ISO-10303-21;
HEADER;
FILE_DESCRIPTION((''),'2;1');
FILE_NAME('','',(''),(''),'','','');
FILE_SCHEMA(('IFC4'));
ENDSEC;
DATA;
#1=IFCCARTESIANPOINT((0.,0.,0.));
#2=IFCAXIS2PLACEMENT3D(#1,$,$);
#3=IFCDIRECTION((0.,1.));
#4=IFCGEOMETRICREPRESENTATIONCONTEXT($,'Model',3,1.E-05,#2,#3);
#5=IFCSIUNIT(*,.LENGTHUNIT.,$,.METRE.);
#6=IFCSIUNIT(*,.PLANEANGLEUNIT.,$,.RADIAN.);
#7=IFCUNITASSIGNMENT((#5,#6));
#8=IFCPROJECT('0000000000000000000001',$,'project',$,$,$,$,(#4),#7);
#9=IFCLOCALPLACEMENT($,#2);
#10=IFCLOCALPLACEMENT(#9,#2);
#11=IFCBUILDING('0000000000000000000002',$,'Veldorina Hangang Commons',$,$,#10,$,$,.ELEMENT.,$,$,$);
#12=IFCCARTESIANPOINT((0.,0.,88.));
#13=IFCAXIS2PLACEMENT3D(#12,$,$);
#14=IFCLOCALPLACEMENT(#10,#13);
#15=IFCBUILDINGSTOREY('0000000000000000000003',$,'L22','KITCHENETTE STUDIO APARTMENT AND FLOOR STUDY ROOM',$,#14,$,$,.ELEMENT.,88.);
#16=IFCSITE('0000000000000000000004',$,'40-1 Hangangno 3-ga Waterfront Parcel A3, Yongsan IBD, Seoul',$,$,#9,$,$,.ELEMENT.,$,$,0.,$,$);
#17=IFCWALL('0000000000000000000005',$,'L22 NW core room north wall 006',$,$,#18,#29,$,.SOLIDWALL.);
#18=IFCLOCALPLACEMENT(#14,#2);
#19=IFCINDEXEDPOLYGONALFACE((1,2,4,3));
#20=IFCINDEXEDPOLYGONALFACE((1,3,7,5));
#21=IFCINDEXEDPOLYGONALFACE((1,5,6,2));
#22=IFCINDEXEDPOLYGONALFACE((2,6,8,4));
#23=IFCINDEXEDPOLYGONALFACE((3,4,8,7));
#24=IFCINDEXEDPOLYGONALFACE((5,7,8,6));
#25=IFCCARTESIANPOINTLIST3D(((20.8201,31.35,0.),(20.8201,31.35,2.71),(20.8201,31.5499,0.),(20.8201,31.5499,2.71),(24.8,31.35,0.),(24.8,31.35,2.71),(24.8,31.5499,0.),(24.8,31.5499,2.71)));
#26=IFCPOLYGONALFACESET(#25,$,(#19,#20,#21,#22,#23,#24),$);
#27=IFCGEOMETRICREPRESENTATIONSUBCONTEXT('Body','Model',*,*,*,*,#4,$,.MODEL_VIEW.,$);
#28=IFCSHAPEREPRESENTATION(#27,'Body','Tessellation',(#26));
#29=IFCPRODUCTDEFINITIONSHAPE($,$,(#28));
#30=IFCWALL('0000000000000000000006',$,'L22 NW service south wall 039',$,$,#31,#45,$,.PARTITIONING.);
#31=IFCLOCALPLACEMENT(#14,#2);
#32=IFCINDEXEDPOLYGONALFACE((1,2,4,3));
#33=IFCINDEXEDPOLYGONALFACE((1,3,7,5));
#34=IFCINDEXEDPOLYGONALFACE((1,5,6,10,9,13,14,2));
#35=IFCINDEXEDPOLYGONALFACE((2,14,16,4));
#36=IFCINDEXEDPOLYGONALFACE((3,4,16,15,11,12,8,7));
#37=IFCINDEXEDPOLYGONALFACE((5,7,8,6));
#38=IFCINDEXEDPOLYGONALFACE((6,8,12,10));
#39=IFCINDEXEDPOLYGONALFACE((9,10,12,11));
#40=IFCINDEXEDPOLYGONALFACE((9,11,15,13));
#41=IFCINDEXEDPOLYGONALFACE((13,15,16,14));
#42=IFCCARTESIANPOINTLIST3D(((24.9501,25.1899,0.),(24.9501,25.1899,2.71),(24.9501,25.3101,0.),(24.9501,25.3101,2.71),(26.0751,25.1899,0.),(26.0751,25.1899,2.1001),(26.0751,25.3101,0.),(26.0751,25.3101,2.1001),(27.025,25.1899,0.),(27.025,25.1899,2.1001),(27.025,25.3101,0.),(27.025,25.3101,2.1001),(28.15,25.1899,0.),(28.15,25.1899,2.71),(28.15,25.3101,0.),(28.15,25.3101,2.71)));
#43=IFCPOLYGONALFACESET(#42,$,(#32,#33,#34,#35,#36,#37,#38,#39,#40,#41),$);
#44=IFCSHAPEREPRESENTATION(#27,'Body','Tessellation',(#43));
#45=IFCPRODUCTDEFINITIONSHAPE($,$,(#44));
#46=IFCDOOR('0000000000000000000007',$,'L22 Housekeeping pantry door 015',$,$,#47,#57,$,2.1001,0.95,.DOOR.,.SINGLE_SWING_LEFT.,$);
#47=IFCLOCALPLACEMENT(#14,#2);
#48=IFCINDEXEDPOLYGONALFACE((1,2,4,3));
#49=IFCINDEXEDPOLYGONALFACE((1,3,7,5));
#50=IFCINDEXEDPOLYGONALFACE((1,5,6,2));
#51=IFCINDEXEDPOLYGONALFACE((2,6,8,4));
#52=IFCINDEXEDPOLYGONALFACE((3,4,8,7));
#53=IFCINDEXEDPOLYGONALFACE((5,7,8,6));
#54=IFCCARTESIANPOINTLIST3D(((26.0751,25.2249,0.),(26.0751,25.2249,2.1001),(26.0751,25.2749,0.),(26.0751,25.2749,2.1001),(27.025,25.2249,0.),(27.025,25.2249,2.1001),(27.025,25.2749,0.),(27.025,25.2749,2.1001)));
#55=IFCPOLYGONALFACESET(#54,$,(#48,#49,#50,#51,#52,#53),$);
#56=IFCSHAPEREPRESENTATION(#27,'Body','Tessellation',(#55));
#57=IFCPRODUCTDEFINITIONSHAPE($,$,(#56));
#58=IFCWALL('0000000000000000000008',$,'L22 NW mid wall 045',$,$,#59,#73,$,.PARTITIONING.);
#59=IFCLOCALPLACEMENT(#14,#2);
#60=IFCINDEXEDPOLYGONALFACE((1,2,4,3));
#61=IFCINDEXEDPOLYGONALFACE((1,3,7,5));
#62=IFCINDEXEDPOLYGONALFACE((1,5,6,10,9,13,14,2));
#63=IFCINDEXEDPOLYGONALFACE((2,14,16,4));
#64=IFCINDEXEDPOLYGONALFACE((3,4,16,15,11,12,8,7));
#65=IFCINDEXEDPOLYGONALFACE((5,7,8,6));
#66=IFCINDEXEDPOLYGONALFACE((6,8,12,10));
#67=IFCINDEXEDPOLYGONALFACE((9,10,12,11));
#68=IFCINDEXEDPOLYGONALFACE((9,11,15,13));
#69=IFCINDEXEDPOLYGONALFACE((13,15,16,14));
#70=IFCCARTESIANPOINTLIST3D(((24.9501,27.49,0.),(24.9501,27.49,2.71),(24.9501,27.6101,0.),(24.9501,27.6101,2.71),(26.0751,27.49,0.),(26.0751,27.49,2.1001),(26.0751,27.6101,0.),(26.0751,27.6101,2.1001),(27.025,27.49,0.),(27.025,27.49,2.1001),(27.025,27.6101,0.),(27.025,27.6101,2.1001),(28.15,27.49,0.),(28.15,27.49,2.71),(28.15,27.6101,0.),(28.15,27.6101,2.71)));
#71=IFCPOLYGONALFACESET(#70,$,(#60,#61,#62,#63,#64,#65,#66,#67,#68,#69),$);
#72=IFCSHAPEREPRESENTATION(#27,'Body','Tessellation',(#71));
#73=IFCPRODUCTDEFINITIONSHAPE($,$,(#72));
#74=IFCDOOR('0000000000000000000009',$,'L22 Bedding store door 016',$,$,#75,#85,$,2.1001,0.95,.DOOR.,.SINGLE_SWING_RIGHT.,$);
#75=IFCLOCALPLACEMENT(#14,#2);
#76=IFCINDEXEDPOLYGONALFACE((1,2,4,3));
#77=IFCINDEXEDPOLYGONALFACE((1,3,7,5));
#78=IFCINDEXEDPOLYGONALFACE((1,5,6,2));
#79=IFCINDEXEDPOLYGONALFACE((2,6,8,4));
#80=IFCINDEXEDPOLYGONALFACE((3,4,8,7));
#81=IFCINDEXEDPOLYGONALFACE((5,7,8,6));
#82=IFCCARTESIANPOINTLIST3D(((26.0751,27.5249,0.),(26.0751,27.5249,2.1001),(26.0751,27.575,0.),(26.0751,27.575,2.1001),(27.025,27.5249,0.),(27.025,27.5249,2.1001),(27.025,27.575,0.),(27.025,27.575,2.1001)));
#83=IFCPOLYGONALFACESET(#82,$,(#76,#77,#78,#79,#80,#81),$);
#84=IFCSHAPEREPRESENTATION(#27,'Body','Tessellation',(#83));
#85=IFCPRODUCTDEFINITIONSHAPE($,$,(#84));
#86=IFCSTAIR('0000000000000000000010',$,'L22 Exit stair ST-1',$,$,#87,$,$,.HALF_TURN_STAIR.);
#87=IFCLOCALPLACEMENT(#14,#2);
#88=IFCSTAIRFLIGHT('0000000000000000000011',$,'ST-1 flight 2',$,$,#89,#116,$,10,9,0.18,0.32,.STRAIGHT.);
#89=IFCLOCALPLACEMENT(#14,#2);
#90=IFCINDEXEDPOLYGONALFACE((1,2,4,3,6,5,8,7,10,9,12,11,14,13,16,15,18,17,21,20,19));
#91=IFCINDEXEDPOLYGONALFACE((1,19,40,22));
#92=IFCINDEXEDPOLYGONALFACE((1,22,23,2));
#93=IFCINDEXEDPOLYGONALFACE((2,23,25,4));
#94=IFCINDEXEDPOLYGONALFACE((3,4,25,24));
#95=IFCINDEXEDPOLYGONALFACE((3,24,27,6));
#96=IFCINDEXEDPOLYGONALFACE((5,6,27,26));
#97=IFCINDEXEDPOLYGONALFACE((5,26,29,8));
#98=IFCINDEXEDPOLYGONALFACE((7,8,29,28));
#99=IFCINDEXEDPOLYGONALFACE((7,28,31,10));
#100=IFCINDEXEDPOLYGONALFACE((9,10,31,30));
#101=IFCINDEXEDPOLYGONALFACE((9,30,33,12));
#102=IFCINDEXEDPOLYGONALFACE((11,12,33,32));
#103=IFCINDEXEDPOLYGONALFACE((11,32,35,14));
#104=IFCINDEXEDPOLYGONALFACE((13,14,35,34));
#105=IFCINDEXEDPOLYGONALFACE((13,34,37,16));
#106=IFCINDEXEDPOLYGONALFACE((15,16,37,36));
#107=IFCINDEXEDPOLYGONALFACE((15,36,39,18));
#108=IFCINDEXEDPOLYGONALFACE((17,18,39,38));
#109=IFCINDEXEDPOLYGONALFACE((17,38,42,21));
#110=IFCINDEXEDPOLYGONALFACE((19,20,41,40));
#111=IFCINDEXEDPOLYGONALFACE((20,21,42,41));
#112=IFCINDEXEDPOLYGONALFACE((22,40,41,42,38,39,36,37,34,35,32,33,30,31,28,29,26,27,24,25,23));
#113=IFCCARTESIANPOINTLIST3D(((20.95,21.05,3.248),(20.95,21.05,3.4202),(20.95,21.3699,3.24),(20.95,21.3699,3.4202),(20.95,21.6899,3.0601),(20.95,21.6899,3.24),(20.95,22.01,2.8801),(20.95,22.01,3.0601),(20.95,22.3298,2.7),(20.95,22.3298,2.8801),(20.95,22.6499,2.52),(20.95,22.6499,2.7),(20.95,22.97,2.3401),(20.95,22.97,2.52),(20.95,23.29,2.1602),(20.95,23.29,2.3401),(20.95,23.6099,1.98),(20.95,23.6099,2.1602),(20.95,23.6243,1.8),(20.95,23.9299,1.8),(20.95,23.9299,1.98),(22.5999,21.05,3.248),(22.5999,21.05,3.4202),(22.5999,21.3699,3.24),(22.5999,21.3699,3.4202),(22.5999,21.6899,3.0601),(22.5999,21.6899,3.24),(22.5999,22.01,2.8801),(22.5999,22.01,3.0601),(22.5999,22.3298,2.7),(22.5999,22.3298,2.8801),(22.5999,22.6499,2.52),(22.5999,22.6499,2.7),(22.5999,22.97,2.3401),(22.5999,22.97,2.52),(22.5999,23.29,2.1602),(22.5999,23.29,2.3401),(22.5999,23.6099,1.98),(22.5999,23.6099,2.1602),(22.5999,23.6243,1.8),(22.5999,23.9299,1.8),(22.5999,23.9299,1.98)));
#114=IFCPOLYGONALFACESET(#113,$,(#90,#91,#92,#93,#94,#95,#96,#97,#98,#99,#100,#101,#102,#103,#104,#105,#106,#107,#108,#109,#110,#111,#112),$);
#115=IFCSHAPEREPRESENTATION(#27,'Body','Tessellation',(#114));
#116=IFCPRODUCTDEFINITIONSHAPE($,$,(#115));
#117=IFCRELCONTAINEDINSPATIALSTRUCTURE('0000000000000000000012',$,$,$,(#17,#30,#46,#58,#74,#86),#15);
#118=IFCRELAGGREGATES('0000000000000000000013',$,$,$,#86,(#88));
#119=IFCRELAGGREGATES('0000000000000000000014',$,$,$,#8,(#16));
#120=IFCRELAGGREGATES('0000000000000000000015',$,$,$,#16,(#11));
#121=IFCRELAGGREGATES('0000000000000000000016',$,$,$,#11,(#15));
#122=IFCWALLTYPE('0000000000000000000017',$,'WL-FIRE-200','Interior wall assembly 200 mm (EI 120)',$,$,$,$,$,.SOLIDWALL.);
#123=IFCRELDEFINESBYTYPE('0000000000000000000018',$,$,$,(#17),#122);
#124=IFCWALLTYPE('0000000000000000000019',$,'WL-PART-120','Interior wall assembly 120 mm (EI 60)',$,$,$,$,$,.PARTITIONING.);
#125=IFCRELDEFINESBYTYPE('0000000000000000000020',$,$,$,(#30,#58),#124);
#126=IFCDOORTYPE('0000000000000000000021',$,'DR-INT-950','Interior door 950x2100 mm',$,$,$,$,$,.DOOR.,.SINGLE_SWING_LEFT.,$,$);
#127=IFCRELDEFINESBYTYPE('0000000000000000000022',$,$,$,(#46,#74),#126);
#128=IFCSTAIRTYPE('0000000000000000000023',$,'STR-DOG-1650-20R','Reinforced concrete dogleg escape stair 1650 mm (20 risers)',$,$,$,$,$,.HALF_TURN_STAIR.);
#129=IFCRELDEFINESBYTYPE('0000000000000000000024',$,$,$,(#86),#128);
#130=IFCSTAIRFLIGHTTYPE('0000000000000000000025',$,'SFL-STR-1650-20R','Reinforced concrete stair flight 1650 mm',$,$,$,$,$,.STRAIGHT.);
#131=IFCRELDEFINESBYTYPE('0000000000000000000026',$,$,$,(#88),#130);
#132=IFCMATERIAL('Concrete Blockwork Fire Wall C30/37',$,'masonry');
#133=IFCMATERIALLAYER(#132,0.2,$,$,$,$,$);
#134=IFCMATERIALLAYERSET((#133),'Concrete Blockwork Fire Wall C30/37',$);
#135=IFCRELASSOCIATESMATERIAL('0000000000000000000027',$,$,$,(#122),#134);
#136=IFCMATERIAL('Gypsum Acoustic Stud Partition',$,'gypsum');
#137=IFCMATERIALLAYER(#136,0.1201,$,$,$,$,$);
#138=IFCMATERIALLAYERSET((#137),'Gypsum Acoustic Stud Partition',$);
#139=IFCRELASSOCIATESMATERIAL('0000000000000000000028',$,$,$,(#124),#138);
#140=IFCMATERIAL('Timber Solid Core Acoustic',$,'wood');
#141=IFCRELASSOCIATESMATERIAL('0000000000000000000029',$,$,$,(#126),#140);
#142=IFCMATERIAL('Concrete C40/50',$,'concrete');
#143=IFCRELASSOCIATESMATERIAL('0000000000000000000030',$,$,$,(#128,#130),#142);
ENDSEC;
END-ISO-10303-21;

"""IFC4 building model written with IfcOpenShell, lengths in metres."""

from ifc_helpers import new_model, si_unit, direction, frame, frame_2d, origin, place, context, subcontext, project, spatial, polyline, rectangle, outline, extrude, material, layer, layer_set, type_object, element, fill, aggregate, save


model = new_model("IFC4")

# Units and contexts
model_context = context("Model", 3, precision=1e-05, world=origin(), true_north=direction((0.0, 1.0)))
body_context = subcontext(model_context, "Body", "Model", "MODEL_VIEW")
ifc_project = project(units=[si_unit("LENGTHUNIT", "METRE"), si_unit("PLANEANGLEUNIT", "RADIAN")], contexts=[model_context])

# Site, building, storey
site_placement = place(None, origin())
site = spatial("IfcSite", under=ifc_project, at=site_placement, Name="40-1 Hangangno 3-ga Waterfront Parcel A3, Yongsan IBD, Seoul", CompositionType="ELEMENT", RefElevation=0.0)
building_placement = place(site_placement, origin())
building = spatial("IfcBuilding", under=site, at=building_placement, Name="Veldorina Hangang Commons", CompositionType="ELEMENT")
storey_placement = place(building_placement, frame((0.0, 0.0, 88.0)))
storey = spatial("IfcBuildingStorey", under=building, at=storey_placement, Name="L22", Description="KITCHENETTE STUDIO APARTMENT AND FLOOR STUDY ROOM", CompositionType="ELEMENT", Elevation=88.0)

# Shared definitions
ifc_material_1 = material(Name="Concrete Blockwork Fire Wall C30/37", Category="masonry")
ifc_layer_1 = layer(ifc_material_1, 0.2)
ifc_layer_set_1 = layer_set([ifc_layer_1], Name="Concrete Blockwork Fire Wall C30/37")
wall_type_1 = type_object("IfcWallType", Name="WL-FIRE-200", Description="Interior wall assembly 200 mm (EI 120)", PredefinedType="SOLIDWALL", material=ifc_layer_set_1)

# Wall
wall_1_placement = place(storey_placement, frame((20.8201, 31.45, 0.0), z_axis=(0.0, 0.0, 1.0), x_axis=(1.0, 0.0, 0.0)))
element("IfcWall", 1, at=wall_1_placement, inside=storey, type_object=wall_type_1, Name="L22 NW core room north wall 006", PredefinedType="SOLIDWALL", context=body_context, shape_type="SweptSolid", body=[
    extrude(rectangle(XDim=3.98, YDim=0.2, at=frame_2d((1.99, 0.0))), origin(), (0.0, 0.0, 1.0), 2.71),
])

# Walls, openings, doors
ifc_material_2 = material(Name="Gypsum Acoustic Stud Partition", Category="gypsum")
ifc_layer_2 = layer(ifc_material_2, 0.1201)
ifc_layer_set_2 = layer_set([ifc_layer_2], Name="Gypsum Acoustic Stud Partition")
wall_type_2 = type_object("IfcWallType", Name="WL-PART-120", Description="Interior wall assembly 120 mm (EI 60)", PredefinedType="PARTITIONING", material=ifc_layer_set_2)
wall_2_placement = place(storey_placement, frame((24.95, 25.25, 0.0), z_axis=(0.0, 0.0, 1.0), x_axis=(1.0, 0.0, 0.0)))
wall_2 = element("IfcWall", 2, at=wall_2_placement, inside=storey, type_object=wall_type_2, Name="L22 NW service south wall 039", PredefinedType="PARTITIONING", context=body_context, shape_type="SweptSolid", body=[
    extrude(rectangle(XDim=3.2, YDim=0.1201, at=frame_2d((1.6001, 0.0))), origin(), (0.0, 0.0, 1.0), 2.71),
])
opening_1_placement = place(wall_2_placement, frame((1.125, 0.0, 0.0)))
opening_1 = element("IfcOpeningElement", 3, at=opening_1_placement, cuts=wall_2, PredefinedType="OPENING", context=body_context, shape_type="SweptSolid", body=[
    extrude(rectangle(XDim=0.95, YDim=2.1001, at=frame_2d((0.4751, 1.05))), frame((0.0, 0.0701, 0.0), z_axis=(0.0, -1.0, 0.0), x_axis=(1.0, 0.0, 0.0)), (0.0, 0.0, 1.0), 0.1401),
])
ifc_material_3 = material(Name="Timber Solid Core Acoustic", Category="wood")
door_type_1 = type_object("IfcDoorType", Name="DR-INT-950", Description="Interior door 950x2100 mm", OperationType="SINGLE_SWING_LEFT", PredefinedType="DOOR", material=ifc_material_3)
door_1_placement = place(opening_1_placement, origin())
door_1 = element("IfcDoor", 4, at=door_1_placement, inside=storey, type_object=door_type_1, Name="L22 Housekeeping pantry door 015", OperationType="SINGLE_SWING_LEFT", OverallHeight=2.1001, OverallWidth=0.95, PredefinedType="DOOR", context=body_context, shape_type="SweptSolid", body=[
    extrude(rectangle(XDim=0.95, YDim=2.1001, at=frame_2d((0.4751, 1.05))), frame((0.0, 0.0249, 0.0), z_axis=(0.0, -1.0, 0.0), x_axis=(1.0, 0.0, 0.0)), (0.0, 0.0, 1.0), 0.05),
])
fill(opening_1, door_1)
wall_3_placement = place(storey_placement, frame((24.95, 27.55, 0.0), z_axis=(0.0, 0.0, 1.0), x_axis=(1.0, 0.0, 0.0)))
wall_3 = element("IfcWall", 5, at=wall_3_placement, inside=storey, type_object=wall_type_2, Name="L22 NW mid wall 045", PredefinedType="PARTITIONING", context=body_context, shape_type="SweptSolid", body=[
    extrude(rectangle(XDim=3.2, YDim=0.1201, at=frame_2d((1.6001, 0.0))), origin(), (0.0, 0.0, 1.0), 2.71),
])
opening_2_placement = place(wall_3_placement, frame((1.125, 0.0, 0.0)))
opening_2 = element("IfcOpeningElement", 6, at=opening_2_placement, cuts=wall_3, PredefinedType="OPENING", context=body_context, shape_type="SweptSolid", body=[
    extrude(rectangle(XDim=0.95, YDim=2.1001, at=frame_2d((0.4751, 1.05))), frame((0.0, 0.0701, 0.0), z_axis=(0.0, -1.0, 0.0), x_axis=(1.0, 0.0, 0.0)), (0.0, 0.0, 1.0), 0.1401),
])
door_2_placement = place(opening_2_placement, origin())
door_2 = element("IfcDoor", 7, at=door_2_placement, inside=storey, type_object=door_type_1, Name="L22 Bedding store door 016", OperationType="SINGLE_SWING_RIGHT", OverallHeight=2.1001, OverallWidth=0.95, PredefinedType="DOOR", context=body_context, shape_type="SweptSolid", body=[
    extrude(rectangle(XDim=0.95, YDim=2.1001, at=frame_2d((0.4751, 1.05))), frame((0.0, 0.0249, 0.0), z_axis=(0.0, -1.0, 0.0), x_axis=(1.0, 0.0, 0.0)), (0.0, 0.0, 1.0), 0.05),
])
fill(opening_2, door_2)

# Stair, stair flight
ifc_material_4 = material(Name="Concrete C40/50", Category="concrete")
stair_type = type_object("IfcStairType", Name="STR-DOG-1650-20R", Description="Reinforced concrete dogleg escape stair 1650 mm (20 risers)", PredefinedType="HALF_TURN_STAIR", material=ifc_material_4)
stair_placement = place(storey_placement, origin())
stair = element("IfcStair", 8, at=stair_placement, inside=storey, type_object=stair_type, Name="L22 Exit stair ST-1", PredefinedType="HALF_TURN_STAIR")
stair_flight_type = type_object("IfcStairFlightType", Name="SFL-STR-1650-20R", Description="Reinforced concrete stair flight 1650 mm", PredefinedType="STRAIGHT", material=ifc_material_4)
stair_flight_placement = place(storey_placement, frame((21.7749, 23.9299, 1.8), z_axis=(0.0, 0.0, 1.0), x_axis=(0.0, -1.0, 0.0)))
stair_flight = element("IfcStairFlight", 9, at=stair_flight_placement, type_object=stair_flight_type, Name="ST-1 flight 2", NumberOfRisers=10, NumberOfTreads=9, PredefinedType="STRAIGHT", RiserHeight=0.18, TreadLength=0.32, context=body_context, shape_type="SweptSolid", body=[
    extrude(outline(polyline([(0.0, 0.0), (0.0, 0.1799), (0.3201, 0.1799), (0.3201, 0.3601), (0.6399, 0.3601), (0.6399, 0.54), (0.96, 0.54), (0.96, 0.72), (1.28, 0.72), (1.28, 0.8999), (1.6001, 0.8999), (1.6001, 1.0801), (1.9199, 1.0801), (1.9199, 1.26), (2.24, 1.26), (2.24, 1.4399), (2.5601, 1.4399), (2.5601, 1.6201), (2.8799, 1.6201), (2.8799, 1.8), (2.8799, 1.448), (0.3057, 0.0), (0.0, 0.0)])), frame((0.0, 0.825, 0.0), z_axis=(0.0, -1.0, 0.0), x_axis=(1.0, 0.0, 0.0)), (0.0, 0.0, 1.0), 1.6499),
])
aggregate(stair, [stair_flight])

save(model, "model.ifc")
